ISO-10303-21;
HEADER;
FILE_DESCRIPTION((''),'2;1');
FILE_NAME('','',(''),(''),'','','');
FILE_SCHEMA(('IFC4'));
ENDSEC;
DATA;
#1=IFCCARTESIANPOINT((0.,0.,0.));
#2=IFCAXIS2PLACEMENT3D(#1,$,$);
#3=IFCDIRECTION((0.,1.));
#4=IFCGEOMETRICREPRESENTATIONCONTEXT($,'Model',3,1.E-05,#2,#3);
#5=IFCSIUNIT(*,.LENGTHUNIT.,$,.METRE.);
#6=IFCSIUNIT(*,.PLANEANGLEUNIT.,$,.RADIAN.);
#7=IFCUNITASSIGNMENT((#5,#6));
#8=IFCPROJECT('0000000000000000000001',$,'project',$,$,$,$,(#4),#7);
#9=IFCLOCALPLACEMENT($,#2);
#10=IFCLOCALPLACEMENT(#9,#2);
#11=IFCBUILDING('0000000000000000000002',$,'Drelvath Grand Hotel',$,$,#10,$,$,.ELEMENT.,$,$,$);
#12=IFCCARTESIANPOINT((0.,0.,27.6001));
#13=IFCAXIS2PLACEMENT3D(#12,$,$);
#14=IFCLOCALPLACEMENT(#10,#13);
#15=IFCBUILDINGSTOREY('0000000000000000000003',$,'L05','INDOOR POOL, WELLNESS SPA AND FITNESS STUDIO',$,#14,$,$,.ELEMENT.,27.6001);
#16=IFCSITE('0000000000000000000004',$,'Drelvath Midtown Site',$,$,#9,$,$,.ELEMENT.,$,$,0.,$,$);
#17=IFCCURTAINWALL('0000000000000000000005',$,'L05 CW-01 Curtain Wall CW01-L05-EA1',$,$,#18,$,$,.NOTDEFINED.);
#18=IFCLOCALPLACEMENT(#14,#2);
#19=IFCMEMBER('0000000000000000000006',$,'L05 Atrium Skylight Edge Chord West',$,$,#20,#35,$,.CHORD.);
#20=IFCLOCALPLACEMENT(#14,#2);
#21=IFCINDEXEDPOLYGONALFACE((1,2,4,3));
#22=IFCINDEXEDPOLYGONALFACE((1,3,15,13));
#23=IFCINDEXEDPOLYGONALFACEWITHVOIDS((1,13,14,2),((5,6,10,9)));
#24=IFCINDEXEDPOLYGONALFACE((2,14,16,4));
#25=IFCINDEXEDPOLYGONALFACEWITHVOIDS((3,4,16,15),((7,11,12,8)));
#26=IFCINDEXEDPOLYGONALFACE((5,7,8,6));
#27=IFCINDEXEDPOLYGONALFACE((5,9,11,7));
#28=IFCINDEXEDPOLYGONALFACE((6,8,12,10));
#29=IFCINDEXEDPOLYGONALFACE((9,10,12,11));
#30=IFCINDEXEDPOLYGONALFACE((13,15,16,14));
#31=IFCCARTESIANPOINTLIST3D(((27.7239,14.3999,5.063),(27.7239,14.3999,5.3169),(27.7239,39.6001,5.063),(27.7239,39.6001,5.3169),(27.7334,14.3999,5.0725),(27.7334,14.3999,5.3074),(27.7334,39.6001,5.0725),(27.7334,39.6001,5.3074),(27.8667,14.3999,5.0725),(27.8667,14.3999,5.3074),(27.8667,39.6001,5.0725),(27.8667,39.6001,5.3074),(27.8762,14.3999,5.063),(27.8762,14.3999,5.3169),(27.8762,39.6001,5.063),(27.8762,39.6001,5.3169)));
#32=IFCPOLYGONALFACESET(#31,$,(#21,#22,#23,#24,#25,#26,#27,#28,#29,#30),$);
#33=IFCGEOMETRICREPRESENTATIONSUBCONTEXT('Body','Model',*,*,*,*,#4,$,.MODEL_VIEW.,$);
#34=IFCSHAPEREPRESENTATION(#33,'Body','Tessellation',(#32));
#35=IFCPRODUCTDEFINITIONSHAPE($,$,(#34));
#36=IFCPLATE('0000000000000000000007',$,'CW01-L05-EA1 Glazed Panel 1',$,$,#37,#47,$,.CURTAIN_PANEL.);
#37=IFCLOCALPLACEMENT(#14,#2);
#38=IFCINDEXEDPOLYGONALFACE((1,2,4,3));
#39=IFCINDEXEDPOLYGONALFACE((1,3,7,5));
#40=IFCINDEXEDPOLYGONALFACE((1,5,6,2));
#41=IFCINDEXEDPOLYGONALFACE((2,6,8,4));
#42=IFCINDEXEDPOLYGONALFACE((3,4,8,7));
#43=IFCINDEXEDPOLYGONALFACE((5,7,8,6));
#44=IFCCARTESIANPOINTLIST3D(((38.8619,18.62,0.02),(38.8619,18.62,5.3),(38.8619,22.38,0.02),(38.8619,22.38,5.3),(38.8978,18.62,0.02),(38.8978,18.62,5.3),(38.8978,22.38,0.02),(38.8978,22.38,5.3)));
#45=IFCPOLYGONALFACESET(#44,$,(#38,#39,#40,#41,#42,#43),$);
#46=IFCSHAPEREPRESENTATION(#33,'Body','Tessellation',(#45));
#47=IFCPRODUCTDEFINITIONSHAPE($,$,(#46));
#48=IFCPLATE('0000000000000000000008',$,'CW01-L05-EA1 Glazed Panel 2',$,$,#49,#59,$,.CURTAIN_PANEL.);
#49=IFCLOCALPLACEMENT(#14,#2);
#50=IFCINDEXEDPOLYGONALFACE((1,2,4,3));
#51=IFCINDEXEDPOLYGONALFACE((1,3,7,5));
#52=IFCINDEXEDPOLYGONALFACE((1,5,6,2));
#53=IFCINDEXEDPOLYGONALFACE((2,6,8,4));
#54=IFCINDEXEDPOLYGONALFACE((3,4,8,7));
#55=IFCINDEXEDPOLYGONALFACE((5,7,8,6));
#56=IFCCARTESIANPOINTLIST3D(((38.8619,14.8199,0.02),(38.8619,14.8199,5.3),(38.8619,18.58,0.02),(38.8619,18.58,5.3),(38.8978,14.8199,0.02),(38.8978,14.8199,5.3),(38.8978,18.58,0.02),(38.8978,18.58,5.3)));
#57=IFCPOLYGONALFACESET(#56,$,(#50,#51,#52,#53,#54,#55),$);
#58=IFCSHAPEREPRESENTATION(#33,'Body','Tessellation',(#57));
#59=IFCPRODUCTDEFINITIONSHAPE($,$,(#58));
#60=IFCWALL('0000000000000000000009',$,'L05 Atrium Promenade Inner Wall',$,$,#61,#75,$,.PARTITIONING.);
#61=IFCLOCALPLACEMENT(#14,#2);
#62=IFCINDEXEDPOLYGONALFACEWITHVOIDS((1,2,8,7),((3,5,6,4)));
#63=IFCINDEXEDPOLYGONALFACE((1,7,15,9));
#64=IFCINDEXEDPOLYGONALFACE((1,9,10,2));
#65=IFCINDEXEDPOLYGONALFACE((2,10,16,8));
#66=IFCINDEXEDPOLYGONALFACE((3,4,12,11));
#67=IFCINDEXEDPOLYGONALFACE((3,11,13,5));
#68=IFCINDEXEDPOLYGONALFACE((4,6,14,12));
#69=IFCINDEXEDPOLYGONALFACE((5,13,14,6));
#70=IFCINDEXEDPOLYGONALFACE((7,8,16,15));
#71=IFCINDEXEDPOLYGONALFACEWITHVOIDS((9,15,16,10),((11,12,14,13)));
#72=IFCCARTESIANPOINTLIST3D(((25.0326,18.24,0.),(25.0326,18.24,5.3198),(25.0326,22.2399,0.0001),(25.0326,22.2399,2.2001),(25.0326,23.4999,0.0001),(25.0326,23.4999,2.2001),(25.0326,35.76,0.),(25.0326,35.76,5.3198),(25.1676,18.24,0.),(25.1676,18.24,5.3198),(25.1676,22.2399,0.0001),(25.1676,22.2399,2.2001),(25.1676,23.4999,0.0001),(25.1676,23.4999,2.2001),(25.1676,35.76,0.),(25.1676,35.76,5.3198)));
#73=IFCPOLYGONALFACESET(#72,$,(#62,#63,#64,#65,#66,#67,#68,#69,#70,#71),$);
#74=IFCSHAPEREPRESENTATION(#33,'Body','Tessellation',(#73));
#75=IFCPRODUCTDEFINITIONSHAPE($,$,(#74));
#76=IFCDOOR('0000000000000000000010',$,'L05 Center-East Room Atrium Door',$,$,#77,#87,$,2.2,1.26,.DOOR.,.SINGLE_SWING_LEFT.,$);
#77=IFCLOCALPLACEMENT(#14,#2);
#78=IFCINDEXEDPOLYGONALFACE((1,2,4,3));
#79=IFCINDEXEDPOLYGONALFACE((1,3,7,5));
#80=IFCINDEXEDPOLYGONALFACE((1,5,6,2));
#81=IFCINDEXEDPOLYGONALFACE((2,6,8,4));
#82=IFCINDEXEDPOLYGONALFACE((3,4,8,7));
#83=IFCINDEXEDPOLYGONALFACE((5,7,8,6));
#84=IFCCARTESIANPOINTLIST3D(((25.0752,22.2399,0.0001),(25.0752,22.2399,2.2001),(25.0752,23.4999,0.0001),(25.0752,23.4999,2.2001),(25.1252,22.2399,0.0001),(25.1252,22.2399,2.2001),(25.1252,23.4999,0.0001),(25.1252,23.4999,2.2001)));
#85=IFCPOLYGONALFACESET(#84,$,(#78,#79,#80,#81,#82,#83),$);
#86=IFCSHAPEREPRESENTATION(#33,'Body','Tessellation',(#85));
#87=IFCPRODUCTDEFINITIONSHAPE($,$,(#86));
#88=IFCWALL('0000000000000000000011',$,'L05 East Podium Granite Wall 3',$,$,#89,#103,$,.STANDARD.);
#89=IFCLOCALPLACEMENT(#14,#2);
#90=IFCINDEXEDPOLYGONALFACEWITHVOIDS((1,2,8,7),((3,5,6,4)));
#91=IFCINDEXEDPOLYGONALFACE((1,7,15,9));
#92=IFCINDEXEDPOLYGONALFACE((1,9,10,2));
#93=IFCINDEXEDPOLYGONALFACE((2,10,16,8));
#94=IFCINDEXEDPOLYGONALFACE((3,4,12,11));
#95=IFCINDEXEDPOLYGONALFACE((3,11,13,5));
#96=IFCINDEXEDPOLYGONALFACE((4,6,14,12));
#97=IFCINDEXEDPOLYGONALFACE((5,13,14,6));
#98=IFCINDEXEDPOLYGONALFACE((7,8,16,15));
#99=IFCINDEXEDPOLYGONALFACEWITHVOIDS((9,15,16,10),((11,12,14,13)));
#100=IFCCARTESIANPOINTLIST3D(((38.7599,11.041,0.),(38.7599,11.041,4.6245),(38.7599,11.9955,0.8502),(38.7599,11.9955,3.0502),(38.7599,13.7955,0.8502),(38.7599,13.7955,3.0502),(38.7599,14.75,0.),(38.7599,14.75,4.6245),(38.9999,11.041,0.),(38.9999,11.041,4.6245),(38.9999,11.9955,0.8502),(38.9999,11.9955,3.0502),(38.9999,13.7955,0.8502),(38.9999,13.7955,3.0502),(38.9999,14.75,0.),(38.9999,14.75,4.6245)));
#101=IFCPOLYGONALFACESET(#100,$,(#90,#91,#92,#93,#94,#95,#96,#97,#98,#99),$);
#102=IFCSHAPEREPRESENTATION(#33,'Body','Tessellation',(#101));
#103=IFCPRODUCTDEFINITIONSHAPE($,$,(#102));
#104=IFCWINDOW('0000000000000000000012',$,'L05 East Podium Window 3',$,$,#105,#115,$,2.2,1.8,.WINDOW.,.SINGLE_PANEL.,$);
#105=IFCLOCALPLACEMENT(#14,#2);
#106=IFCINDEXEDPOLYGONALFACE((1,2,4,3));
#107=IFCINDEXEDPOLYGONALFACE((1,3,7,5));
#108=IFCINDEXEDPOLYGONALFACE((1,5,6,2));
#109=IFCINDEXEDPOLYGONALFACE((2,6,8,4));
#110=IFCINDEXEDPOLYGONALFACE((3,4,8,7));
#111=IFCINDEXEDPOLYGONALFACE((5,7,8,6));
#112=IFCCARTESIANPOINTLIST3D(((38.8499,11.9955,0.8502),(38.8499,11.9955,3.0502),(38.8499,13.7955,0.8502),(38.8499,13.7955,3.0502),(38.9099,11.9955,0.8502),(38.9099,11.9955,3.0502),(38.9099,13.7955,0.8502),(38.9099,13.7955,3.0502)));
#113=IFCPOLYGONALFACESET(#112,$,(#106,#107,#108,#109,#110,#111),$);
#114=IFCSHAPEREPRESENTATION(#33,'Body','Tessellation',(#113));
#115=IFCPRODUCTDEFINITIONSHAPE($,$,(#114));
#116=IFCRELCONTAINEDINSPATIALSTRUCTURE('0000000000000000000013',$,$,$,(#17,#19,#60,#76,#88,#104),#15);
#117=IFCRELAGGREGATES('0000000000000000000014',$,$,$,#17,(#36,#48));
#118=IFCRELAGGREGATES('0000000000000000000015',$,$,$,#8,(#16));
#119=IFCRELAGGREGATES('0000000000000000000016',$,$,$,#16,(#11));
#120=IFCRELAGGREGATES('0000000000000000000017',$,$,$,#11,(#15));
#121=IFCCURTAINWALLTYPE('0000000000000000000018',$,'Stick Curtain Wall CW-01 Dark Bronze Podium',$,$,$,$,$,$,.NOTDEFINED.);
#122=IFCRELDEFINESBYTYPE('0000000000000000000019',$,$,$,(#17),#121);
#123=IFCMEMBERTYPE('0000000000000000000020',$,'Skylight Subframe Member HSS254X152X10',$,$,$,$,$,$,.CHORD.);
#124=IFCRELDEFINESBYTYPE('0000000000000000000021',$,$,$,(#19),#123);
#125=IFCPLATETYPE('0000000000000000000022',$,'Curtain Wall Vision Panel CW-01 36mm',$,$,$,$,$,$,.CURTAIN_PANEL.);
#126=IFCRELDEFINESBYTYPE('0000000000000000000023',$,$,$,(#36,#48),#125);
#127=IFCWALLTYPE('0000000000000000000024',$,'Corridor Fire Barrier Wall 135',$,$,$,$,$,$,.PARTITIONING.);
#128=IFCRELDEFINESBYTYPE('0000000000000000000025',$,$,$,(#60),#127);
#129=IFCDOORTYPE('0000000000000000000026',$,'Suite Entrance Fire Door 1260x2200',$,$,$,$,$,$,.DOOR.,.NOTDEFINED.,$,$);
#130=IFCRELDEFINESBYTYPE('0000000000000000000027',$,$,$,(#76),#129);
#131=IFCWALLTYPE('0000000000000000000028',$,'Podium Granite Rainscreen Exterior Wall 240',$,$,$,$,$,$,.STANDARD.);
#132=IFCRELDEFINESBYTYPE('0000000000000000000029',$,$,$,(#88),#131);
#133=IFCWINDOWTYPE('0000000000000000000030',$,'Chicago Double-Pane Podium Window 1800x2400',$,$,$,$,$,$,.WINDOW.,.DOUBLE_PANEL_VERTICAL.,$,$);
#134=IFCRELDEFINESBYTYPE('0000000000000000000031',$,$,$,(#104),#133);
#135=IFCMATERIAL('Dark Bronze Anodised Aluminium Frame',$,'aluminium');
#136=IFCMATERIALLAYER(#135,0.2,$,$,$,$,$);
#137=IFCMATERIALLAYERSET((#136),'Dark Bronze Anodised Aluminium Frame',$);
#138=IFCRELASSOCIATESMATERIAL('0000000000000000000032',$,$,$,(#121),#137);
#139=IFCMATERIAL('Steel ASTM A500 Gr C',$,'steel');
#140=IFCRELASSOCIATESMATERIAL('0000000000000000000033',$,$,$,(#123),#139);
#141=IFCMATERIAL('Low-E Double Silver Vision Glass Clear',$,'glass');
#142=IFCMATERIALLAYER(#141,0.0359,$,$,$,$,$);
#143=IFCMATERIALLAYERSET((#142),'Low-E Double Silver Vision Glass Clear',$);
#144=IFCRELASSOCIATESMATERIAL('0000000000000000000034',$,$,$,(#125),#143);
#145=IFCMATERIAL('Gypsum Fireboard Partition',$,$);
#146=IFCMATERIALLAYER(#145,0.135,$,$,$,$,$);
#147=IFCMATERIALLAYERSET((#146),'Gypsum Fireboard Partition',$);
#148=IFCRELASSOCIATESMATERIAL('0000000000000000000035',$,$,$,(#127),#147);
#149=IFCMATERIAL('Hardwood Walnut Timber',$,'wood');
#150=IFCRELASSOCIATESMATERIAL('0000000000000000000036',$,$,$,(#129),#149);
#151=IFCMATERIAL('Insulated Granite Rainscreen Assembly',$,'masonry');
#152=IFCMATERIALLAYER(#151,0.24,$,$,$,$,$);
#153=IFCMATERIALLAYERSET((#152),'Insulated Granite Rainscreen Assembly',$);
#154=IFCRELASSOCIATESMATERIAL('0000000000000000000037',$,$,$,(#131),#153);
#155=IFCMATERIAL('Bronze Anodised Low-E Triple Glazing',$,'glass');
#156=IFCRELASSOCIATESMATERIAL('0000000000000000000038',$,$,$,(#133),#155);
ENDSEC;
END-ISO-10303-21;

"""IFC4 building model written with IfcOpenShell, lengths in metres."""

from ifc_helpers import new_model, si_unit, direction, frame, frame_2d, origin, origin_2d, place, context, subcontext, project, spatial, rectangle, hollow_rectangle, extrude, material, layer, layer_set, material_profile, profile_set, type_object, element, fill, aggregate, save


model = new_model("IFC4")

# Units and contexts
model_context = context("Model", 3, precision=1e-05, world=origin(), true_north=direction((0.0, 1.0)))
body_context = subcontext(model_context, "Body", "Model", "MODEL_VIEW")
ifc_project = project(units=[si_unit("LENGTHUNIT", "METRE"), si_unit("PLANEANGLEUNIT", "RADIAN")], contexts=[model_context])

# Site, building, storey
site_placement = place(None, origin())
site = spatial("IfcSite", under=ifc_project, at=site_placement, Name="Drelvath Midtown Site", CompositionType="ELEMENT", RefElevation=0.0)
building_placement = place(site_placement, origin())
building = spatial("IfcBuilding", under=site, at=building_placement, Name="Drelvath Grand Hotel", CompositionType="ELEMENT")
storey_placement = place(building_placement, frame((0.0, 0.0, 27.6001)))
storey = spatial("IfcBuildingStorey", under=building, at=storey_placement, Name="L05", Description="INDOOR POOL, WELLNESS SPA AND FITNESS STUDIO", CompositionType="ELEMENT", Elevation=27.6001)

# Curtain wall
ifc_material_1 = material(Name="Dark Bronze Anodised Aluminium Frame", Category="aluminium")
ifc_layer_1 = layer(ifc_material_1, 0.2)
ifc_layer_set_1 = layer_set([ifc_layer_1], Name="Dark Bronze Anodised Aluminium Frame")
curtain_wall_type = type_object("IfcCurtainWallType", Name="Stick Curtain Wall CW-01 Dark Bronze Podium", PredefinedType="NOTDEFINED", material=ifc_layer_set_1)
curtain_wall_placement = place(storey_placement, origin())
curtain_wall = element("IfcCurtainWall", 1, at=curtain_wall_placement, inside=storey, type_object=curtain_wall_type, Name="L05 CW-01 Curtain Wall CW01-L05-EA1", PredefinedType="NOTDEFINED")

# Member
ifc_material_2 = material(Name="Steel ASTM A500 Gr C", Category="steel")
ifc_material_profile_1 = material_profile(ifc_material_2, hollow_rectangle(XDim=0.1523, YDim=0.2539, WallThickness=0.0095, at=origin_2d()), Name="HSS254X152X10")
ifc_profile_set_1 = profile_set([ifc_material_profile_1], Name="Steel ASTM A500 Gr C")
member_type_1 = type_object("IfcMemberType", Name="Skylight Subframe Member HSS254X152X10", PredefinedType="CHORD", material=ifc_profile_set_1)
member_1_placement = place(storey_placement, frame((27.8, 14.3999, 5.1899), z_axis=(0.0, 1.0, 0.0), x_axis=(-1.0, 0.0, 0.0)))
element("IfcMember", 2, at=member_1_placement, inside=storey, type_object=member_type_1, Name="L05 Atrium Skylight Edge Chord West", PredefinedType="CHORD", context=body_context, shape_type="SweptSolid", body=[
    extrude(hollow_rectangle(XDim=0.1523, YDim=0.2539, WallThickness=0.0095, at=origin_2d()), origin(), (0.0, 0.0, 1.0), 25.2002),
])

# Plates
ifc_material_3 = material(Name="Low-E Double Silver Vision Glass Clear", Category="glass")
ifc_layer_2 = layer(ifc_material_3, 0.0359)
ifc_layer_set_2 = layer_set([ifc_layer_2], Name="Low-E Double Silver Vision Glass Clear")
plate_type = type_object("IfcPlateType", Name="Curtain Wall Vision Panel CW-01 36mm", PredefinedType="CURTAIN_PANEL", material=ifc_layer_set_2)
plate_1_placement = place(storey_placement, frame((38.8799, 20.5, 0.02), z_axis=(0.0, 0.0, 1.0), x_axis=(0.0, -1.0, 0.0)))
plate_1 = element("IfcPlate", 3, at=plate_1_placement, type_object=plate_type, Name="CW01-L05-EA1 Glazed Panel 1", PredefinedType="CURTAIN_PANEL", context=body_context, shape_type="SweptSolid", body=[
    extrude(rectangle(XDim=3.76, YDim=0.0359, at=origin_2d()), origin(), (0.0, 0.0, 1.0), 5.28),
])
plate_2_placement = place(storey_placement, frame((38.8799, 16.7, 0.02), z_axis=(0.0, 0.0, 1.0), x_axis=(0.0, -1.0, 0.0)))
plate_2 = element("IfcPlate", 4, at=plate_2_placement, type_object=plate_type, Name="CW01-L05-EA1 Glazed Panel 2", PredefinedType="CURTAIN_PANEL", context=body_context, shape_type="SweptSolid", body=[
    extrude(rectangle(XDim=3.76, YDim=0.0359, at=origin_2d()), origin(), (0.0, 0.0, 1.0), 5.28),
])
aggregate(curtain_wall, [plate_1, plate_2])

# Wall, opening, door
ifc_material_4 = material(Name="Gypsum Fireboard Partition")
ifc_layer_3 = layer(ifc_material_4, 0.135)
ifc_layer_set_3 = layer_set([ifc_layer_3], Name="Gypsum Fireboard Partition")
wall_type_1 = type_object("IfcWallType", Name="Corridor Fire Barrier Wall 135", PredefinedType="PARTITIONING", material=ifc_layer_set_3)
wall_1_placement = place(storey_placement, frame((25.1001, 18.24, 0.0), z_axis=(0.0, 0.0, 1.0), x_axis=(0.0, 1.0, 0.0)))
wall_1 = element("IfcWall", 5, at=wall_1_placement, inside=storey, type_object=wall_type_1, Name="L05 Atrium Promenade Inner Wall", PredefinedType="PARTITIONING", context=body_context, shape_type="SweptSolid", body=[
    extrude(rectangle(XDim=17.52, YDim=0.135, at=frame_2d((8.76, 0.0))), origin(), (0.0, 0.0, 1.0), 5.3198),
])
opening_1_placement = place(wall_1_placement, frame((4.0, 0.0, 0.0)))
opening_1 = element("IfcOpeningElement", 6, at=opening_1_placement, cuts=wall_1, PredefinedType="OPENING", context=body_context, shape_type="SweptSolid", body=[
    extrude(rectangle(XDim=1.26, YDim=2.2, at=frame_2d((0.6299, 1.1001))), frame((0.0, 0.0774, 0.0), z_axis=(0.0, -1.0, 0.0), x_axis=(1.0, 0.0, 0.0)), (0.0, 0.0, 1.0), 0.155),
])
ifc_material_5 = material(Name="Hardwood Walnut Timber", Category="wood")
door_type = type_object("IfcDoorType", Name="Suite Entrance Fire Door 1260x2200", OperationType="NOTDEFINED", PredefinedType="DOOR", material=ifc_material_5)
door_placement = place(opening_1_placement, origin())
door = element("IfcDoor", 7, at=door_placement, inside=storey, type_object=door_type, Name="L05 Center-East Room Atrium Door", OperationType="SINGLE_SWING_LEFT", OverallHeight=2.2, OverallWidth=1.26, PredefinedType="DOOR", context=body_context, shape_type="SweptSolid", body=[
    extrude(rectangle(XDim=1.26, YDim=2.2, at=frame_2d((0.6299, 1.1001))), frame((0.0, 0.0249, 0.0), z_axis=(0.0, -1.0, 0.0), x_axis=(1.0, 0.0, 0.0)), (0.0, 0.0, 1.0), 0.05),
])
fill(opening_1, door)

# Wall, opening, window
ifc_material_6 = material(Name="Insulated Granite Rainscreen Assembly", Category="masonry")
ifc_layer_4 = layer(ifc_material_6, 0.24)
ifc_layer_set_4 = layer_set([ifc_layer_4], Name="Insulated Granite Rainscreen Assembly")
wall_type_2 = type_object("IfcWallType", Name="Podium Granite Rainscreen Exterior Wall 240", PredefinedType="STANDARD", material=ifc_layer_set_4)
wall_2_placement = place(storey_placement, frame((38.8799, 14.75, 0.0), z_axis=(0.0, 0.0, 1.0), x_axis=(0.0, -1.0, 0.0)))
wall_2 = element("IfcWall", 8, at=wall_2_placement, inside=storey, type_object=wall_type_2, Name="L05 East Podium Granite Wall 3", PredefinedType="STANDARD", context=body_context, shape_type="SweptSolid", body=[
    extrude(rectangle(XDim=3.709, YDim=0.24, at=frame_2d((1.8545, 0.0))), origin(), (0.0, 0.0, 1.0), 4.6245),
])
opening_2_placement = place(wall_2_placement, frame((0.9546, 0.0, 0.8501)))
opening_2 = element("IfcOpeningElement", 9, at=opening_2_placement, cuts=wall_2, PredefinedType="OPENING", context=body_context, shape_type="SweptSolid", body=[
    extrude(rectangle(XDim=1.8, YDim=2.2, at=frame_2d((0.8999, 1.1001))), frame((0.0, 0.1299, 0.0), z_axis=(0.0, -1.0, 0.0), x_axis=(1.0, 0.0, 0.0)), (0.0, 0.0, 1.0), 0.26),
])
ifc_material_7 = material(Name="Bronze Anodised Low-E Triple Glazing", Category="glass")
window_type = type_object("IfcWindowType", Name="Chicago Double-Pane Podium Window 1800x2400", PartitioningType="DOUBLE_PANEL_VERTICAL", PredefinedType="WINDOW", material=ifc_material_7)
window_placement = place(opening_2_placement, origin())
window = element("IfcWindow", 10, at=window_placement, inside=storey, type_object=window_type, Name="L05 East Podium Window 3", OverallHeight=2.2, OverallWidth=1.8, PartitioningType="SINGLE_PANEL", PredefinedType="WINDOW", context=body_context, shape_type="SweptSolid", body=[
    extrude(rectangle(XDim=1.8, YDim=2.2, at=frame_2d((0.8999, 1.1001))), frame((0.0, 0.03, 0.0), z_axis=(0.0, -1.0, 0.0), x_axis=(1.0, 0.0, 0.0)), (0.0, 0.0, 1.0), 0.0601),
])
fill(opening_2, window)

save(model, "model.ifc")
